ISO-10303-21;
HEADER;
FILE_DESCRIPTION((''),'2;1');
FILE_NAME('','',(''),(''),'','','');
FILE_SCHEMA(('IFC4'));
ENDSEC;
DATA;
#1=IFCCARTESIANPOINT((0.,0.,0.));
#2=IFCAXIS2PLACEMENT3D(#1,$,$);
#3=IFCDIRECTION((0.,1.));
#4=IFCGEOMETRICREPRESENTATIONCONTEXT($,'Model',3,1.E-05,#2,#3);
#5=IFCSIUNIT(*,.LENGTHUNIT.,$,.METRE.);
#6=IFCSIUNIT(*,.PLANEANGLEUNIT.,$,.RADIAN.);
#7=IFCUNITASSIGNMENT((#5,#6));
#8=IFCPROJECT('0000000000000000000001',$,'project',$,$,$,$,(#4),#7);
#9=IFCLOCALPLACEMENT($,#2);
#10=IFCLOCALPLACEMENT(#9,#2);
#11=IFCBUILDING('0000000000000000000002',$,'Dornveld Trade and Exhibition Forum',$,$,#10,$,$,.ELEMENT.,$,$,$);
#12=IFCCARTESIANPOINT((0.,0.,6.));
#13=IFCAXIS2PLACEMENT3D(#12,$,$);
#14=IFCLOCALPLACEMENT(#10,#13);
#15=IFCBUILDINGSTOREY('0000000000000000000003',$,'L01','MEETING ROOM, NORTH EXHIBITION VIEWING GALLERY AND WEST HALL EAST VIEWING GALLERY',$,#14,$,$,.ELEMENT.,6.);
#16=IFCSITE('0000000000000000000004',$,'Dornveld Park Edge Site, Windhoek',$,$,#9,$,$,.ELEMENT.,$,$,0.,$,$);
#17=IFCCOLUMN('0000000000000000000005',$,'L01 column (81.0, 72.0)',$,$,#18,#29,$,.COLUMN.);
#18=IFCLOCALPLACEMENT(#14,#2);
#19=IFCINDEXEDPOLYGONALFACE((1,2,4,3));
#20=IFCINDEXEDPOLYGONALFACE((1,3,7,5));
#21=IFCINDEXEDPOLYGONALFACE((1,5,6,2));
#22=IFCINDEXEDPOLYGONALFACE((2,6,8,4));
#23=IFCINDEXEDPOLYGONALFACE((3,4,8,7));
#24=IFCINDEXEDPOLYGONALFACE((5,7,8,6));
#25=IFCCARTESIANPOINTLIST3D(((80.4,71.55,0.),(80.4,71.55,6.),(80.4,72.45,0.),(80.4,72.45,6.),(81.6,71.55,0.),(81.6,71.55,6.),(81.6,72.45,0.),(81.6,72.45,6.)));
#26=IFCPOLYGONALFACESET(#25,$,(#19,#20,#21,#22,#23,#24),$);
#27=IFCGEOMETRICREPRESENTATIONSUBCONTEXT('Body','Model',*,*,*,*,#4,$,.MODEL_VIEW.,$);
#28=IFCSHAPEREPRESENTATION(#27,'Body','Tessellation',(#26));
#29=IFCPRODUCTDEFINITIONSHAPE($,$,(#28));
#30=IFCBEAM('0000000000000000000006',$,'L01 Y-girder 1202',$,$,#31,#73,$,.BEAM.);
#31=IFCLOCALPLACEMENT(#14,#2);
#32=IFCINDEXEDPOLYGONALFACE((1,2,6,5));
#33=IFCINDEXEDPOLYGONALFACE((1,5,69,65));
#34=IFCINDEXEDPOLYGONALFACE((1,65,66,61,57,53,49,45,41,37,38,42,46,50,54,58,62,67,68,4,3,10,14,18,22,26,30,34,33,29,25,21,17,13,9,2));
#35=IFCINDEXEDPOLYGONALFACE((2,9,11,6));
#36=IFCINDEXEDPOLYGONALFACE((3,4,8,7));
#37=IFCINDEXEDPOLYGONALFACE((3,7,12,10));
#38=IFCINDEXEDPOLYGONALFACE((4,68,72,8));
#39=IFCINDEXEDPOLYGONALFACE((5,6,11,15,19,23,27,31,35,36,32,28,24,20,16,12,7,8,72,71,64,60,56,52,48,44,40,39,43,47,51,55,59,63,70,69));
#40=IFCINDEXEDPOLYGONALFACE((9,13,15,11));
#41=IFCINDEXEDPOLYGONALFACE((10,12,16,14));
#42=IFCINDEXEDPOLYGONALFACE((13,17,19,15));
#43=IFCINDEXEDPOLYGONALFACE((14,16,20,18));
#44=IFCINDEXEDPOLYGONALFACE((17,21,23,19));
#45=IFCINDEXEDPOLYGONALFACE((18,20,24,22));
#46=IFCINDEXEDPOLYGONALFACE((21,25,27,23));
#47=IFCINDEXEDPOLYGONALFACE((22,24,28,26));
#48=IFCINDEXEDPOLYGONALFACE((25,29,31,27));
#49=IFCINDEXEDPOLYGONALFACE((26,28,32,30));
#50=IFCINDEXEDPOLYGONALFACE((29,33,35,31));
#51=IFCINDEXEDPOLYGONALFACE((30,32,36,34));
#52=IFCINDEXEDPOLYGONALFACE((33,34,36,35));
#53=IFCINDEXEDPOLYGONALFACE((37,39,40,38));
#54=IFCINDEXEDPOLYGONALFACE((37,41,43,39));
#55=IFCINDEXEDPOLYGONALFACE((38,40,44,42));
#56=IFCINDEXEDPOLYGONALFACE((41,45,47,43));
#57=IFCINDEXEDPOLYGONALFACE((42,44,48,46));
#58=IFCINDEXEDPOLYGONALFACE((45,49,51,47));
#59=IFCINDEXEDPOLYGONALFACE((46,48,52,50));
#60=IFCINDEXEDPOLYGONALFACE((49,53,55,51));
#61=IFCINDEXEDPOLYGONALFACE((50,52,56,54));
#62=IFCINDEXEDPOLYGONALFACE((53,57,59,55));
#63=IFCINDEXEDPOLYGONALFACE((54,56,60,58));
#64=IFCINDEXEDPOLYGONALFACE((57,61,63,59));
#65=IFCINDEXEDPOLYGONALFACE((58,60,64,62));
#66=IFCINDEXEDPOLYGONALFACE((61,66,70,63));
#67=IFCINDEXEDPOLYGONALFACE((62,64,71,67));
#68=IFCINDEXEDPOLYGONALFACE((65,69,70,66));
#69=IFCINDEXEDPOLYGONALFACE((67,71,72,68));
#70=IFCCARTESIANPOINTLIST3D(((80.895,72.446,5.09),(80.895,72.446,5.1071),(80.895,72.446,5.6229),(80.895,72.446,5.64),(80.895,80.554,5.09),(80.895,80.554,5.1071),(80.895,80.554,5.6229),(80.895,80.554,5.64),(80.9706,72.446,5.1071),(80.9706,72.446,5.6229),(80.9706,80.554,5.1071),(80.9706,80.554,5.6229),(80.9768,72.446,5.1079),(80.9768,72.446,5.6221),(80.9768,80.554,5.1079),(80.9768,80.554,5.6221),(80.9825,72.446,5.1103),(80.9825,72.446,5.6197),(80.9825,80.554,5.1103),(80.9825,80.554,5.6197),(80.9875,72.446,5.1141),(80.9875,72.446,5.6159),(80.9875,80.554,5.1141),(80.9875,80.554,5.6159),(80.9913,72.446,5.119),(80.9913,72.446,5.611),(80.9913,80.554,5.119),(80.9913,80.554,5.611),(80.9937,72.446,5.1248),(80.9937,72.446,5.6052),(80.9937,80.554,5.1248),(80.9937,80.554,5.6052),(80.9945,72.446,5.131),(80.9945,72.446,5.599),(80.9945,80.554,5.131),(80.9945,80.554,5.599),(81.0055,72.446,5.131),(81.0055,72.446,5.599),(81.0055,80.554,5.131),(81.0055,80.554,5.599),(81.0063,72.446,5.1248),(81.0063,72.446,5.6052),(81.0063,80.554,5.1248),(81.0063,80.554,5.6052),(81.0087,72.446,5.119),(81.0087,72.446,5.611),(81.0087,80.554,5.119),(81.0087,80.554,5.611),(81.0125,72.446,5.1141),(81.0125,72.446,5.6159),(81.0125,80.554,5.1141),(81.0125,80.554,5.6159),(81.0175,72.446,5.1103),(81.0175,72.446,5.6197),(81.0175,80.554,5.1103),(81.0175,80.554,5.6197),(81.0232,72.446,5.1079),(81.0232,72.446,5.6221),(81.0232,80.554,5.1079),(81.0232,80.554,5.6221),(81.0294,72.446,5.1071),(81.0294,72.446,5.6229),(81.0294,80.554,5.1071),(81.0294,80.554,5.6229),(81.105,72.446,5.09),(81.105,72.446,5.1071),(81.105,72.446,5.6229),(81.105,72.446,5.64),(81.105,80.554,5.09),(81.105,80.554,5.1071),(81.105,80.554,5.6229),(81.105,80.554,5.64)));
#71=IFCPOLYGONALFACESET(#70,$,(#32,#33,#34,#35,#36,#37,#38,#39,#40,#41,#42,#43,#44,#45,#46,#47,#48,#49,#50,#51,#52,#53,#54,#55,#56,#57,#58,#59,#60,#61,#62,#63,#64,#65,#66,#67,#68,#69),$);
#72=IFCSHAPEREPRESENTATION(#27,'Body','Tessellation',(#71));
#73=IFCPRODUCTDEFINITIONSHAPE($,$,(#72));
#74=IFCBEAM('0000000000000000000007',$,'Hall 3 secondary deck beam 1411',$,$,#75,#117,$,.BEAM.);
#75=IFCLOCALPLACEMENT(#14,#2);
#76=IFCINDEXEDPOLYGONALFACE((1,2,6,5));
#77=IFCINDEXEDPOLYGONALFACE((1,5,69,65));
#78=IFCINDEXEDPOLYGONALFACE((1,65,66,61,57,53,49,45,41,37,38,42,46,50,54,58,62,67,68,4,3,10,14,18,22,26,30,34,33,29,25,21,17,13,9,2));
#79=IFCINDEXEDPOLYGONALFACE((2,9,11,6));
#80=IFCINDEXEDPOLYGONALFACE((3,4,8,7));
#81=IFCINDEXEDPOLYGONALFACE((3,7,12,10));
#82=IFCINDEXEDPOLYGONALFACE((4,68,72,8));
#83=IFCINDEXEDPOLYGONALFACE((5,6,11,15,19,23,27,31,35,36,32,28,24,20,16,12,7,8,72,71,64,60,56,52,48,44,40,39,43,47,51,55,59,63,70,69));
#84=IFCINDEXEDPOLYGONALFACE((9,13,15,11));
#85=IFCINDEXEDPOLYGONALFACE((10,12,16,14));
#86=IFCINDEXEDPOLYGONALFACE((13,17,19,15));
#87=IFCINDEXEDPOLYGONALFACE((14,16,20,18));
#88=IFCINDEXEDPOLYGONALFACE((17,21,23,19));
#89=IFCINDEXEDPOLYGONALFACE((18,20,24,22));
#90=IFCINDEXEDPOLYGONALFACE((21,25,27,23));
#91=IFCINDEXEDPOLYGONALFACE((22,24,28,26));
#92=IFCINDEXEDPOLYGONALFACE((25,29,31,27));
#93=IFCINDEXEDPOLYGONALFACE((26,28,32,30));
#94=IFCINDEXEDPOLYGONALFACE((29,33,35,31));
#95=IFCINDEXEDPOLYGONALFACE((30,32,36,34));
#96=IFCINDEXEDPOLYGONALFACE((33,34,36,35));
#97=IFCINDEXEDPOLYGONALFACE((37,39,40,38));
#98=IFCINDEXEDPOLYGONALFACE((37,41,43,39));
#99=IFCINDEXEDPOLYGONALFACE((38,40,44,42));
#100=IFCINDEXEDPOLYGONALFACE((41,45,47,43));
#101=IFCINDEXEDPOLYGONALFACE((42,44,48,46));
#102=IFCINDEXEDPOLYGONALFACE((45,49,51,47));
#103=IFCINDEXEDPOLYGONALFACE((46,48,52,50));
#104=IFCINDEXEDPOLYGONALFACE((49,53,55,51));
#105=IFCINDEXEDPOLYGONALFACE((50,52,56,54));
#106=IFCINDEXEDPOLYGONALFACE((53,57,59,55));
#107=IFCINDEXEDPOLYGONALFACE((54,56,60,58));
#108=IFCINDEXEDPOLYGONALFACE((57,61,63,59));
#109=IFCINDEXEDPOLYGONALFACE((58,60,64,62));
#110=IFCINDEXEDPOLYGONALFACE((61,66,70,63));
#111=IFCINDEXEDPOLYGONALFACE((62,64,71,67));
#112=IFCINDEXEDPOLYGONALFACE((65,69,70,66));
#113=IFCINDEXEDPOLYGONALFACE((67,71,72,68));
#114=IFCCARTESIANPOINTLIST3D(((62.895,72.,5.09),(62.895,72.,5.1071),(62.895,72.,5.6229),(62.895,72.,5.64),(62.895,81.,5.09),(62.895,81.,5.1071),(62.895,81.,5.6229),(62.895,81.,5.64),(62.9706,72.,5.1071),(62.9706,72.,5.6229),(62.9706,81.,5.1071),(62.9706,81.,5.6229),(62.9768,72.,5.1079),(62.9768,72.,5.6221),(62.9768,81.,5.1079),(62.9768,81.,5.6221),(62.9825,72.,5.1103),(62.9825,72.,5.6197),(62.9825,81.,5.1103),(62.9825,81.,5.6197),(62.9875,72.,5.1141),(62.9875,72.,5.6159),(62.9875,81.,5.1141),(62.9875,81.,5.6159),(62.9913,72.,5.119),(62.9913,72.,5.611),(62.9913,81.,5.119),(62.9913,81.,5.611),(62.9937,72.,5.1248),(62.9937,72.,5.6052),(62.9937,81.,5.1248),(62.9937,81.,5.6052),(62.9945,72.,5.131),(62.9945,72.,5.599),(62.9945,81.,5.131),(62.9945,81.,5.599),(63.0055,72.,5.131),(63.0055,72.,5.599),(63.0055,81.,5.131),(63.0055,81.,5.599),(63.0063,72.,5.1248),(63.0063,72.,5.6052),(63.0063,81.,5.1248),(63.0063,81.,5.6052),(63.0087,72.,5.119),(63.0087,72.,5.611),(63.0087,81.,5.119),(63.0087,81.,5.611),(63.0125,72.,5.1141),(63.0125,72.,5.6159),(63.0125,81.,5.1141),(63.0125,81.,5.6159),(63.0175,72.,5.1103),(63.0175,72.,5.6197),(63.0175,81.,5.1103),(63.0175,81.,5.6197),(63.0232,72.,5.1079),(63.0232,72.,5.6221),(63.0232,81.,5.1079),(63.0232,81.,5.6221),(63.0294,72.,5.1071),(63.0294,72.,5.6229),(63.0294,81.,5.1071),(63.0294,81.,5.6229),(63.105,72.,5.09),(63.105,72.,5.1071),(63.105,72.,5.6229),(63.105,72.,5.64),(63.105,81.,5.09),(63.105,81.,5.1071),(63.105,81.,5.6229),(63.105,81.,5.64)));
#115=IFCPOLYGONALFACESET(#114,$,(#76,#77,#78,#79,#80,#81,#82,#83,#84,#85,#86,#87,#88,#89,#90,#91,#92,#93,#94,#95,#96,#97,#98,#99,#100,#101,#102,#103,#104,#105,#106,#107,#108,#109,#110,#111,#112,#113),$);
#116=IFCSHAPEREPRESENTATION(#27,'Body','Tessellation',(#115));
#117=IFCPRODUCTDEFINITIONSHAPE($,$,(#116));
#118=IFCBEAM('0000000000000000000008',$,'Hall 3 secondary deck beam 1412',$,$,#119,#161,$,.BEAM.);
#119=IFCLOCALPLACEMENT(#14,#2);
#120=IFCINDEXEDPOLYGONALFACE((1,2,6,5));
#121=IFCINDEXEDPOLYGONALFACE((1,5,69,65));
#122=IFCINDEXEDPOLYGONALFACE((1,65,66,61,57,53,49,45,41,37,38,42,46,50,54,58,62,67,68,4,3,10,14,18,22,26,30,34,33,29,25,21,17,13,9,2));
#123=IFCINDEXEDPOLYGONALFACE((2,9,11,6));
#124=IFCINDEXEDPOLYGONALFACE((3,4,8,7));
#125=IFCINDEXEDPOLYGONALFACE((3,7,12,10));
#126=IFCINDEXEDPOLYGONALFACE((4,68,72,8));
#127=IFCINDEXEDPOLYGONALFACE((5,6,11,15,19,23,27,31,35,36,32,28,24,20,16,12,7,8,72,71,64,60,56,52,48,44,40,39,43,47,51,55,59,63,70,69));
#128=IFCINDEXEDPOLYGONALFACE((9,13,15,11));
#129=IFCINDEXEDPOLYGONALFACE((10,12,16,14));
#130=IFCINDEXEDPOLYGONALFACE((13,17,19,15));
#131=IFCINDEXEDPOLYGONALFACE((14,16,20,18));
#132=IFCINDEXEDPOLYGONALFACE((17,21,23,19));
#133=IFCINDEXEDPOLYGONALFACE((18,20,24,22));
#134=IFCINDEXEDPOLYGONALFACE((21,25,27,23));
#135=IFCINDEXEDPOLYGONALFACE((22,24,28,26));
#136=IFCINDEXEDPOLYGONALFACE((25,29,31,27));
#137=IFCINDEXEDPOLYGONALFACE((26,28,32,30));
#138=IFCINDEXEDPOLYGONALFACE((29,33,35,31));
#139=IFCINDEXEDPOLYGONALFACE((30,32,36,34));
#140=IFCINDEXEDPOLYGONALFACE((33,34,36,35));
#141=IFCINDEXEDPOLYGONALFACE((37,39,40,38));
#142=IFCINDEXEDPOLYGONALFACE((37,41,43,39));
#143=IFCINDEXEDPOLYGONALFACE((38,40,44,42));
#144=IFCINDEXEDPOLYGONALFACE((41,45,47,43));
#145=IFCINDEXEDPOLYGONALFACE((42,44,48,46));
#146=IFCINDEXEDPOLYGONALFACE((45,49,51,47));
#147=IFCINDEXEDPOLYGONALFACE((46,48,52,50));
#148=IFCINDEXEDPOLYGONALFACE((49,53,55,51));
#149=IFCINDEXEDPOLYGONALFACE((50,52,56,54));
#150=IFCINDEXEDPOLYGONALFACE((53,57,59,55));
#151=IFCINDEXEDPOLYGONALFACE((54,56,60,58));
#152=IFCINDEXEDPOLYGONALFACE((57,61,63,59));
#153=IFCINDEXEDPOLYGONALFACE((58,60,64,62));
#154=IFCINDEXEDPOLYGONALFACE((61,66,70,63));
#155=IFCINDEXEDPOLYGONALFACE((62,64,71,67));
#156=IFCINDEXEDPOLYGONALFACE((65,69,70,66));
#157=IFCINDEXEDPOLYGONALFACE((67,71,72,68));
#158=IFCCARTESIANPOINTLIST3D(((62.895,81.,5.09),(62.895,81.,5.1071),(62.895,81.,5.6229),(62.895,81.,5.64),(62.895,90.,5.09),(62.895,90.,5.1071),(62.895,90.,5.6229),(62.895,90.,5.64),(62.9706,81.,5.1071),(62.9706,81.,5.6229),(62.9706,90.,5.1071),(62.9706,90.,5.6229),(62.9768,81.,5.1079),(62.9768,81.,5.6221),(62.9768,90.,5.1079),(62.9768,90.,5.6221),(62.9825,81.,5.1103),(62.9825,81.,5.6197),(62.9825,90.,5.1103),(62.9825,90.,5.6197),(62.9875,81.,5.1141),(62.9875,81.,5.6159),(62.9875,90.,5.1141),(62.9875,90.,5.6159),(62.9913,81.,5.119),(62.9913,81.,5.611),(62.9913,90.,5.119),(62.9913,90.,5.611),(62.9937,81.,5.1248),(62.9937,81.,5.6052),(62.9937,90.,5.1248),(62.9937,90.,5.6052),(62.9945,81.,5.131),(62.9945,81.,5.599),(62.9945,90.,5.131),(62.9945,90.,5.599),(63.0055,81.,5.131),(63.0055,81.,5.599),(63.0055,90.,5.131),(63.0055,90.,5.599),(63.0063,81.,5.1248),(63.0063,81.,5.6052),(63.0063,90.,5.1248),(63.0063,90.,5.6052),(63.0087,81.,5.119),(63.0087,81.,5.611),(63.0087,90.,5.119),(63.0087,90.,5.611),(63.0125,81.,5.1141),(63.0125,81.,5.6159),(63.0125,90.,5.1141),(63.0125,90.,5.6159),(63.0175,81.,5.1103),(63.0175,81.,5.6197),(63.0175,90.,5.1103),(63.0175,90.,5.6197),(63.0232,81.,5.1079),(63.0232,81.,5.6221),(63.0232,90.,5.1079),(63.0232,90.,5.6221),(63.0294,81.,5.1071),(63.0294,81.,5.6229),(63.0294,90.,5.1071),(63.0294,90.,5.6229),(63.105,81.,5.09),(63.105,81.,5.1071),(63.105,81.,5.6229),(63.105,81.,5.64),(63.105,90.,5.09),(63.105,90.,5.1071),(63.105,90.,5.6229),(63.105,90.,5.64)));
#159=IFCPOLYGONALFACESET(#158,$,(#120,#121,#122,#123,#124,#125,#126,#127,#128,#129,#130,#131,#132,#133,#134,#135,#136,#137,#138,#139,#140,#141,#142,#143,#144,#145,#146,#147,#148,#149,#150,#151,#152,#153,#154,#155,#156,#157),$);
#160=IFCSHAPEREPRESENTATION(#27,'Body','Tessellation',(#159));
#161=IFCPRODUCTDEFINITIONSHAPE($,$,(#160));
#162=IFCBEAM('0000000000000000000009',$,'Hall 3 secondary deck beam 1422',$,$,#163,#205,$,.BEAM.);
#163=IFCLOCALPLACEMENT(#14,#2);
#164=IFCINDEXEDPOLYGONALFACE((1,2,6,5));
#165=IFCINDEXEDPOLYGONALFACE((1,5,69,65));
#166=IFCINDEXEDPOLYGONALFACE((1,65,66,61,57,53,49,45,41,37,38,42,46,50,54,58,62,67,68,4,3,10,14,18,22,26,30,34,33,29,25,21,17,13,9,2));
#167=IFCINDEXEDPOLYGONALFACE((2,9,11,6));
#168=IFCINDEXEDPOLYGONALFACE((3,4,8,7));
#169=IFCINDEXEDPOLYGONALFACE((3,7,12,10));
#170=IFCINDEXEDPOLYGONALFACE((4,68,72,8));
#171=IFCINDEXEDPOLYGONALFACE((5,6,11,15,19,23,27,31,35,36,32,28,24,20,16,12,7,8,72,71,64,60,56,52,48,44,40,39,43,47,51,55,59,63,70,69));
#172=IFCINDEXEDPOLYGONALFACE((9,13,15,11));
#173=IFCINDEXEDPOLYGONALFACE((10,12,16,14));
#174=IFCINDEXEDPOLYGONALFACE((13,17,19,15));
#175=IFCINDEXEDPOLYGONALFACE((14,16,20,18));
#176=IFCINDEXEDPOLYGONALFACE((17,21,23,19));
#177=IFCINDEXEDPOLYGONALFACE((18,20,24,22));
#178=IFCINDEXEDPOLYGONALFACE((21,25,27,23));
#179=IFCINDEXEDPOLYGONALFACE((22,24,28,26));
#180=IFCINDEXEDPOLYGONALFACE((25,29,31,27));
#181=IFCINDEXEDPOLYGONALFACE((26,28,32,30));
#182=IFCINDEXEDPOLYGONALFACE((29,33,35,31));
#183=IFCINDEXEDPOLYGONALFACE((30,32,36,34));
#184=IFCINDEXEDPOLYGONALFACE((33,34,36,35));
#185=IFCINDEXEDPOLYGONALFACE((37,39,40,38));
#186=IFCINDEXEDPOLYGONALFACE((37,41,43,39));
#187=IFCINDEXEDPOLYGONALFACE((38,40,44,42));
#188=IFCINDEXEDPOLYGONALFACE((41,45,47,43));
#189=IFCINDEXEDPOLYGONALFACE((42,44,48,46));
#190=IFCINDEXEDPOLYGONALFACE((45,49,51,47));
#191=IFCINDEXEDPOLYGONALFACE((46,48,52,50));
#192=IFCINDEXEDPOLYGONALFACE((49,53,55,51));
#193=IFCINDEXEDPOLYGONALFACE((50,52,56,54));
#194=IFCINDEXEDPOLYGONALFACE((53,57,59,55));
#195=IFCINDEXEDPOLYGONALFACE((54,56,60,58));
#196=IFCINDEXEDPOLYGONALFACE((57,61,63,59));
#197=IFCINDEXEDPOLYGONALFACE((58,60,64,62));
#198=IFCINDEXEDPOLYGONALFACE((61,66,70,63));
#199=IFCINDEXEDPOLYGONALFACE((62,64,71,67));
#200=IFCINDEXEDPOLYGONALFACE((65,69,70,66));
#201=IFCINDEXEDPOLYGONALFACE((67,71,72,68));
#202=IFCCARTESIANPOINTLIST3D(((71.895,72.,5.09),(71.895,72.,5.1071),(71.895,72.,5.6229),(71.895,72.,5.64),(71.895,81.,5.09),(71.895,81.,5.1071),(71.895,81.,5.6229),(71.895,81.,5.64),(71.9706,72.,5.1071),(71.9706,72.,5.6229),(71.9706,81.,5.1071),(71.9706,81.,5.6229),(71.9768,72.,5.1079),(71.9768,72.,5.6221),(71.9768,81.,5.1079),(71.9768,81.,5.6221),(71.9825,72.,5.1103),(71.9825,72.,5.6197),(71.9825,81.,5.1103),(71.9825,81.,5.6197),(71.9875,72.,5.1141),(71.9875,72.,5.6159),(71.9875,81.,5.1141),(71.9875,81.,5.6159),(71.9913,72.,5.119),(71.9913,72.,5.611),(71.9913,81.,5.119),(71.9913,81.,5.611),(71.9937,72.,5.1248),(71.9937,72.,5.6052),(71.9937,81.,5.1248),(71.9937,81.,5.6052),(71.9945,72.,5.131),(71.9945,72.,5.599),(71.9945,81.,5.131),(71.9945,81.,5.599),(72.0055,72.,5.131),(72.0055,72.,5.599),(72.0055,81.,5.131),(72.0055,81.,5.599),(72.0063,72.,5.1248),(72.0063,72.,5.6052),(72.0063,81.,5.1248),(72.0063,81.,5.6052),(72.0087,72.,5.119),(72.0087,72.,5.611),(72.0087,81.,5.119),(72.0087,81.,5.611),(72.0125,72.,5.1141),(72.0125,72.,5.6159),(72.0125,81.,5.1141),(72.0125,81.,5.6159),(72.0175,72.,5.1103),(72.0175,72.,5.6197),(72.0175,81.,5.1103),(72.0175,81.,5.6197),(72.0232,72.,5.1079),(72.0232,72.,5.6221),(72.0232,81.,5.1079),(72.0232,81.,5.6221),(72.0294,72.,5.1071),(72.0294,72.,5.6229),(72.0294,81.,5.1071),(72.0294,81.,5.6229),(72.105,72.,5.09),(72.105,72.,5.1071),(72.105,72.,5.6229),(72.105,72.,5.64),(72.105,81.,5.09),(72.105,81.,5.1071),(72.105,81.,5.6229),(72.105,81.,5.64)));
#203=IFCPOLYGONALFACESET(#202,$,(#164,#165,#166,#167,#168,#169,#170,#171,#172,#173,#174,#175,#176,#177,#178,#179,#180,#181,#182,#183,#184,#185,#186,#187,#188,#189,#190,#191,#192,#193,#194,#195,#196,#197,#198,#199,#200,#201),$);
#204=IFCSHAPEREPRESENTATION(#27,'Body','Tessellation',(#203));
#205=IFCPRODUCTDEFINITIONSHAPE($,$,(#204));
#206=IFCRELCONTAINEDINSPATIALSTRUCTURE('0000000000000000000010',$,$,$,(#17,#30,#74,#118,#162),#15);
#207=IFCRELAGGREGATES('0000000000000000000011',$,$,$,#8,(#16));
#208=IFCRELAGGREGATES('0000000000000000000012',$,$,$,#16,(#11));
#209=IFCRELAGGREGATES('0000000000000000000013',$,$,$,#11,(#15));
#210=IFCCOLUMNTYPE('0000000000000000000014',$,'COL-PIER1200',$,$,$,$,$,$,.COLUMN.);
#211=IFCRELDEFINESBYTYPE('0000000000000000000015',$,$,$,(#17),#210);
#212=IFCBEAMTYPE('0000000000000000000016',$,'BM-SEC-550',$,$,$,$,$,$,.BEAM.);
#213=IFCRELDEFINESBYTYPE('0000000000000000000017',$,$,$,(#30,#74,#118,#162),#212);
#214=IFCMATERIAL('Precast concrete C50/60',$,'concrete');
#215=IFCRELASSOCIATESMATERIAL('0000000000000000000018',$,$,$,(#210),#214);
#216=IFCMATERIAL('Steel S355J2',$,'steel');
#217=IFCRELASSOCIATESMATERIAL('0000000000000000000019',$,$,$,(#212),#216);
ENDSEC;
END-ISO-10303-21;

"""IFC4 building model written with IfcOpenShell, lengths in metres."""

from ifc_helpers import new_model, si_unit, direction, frame, origin, origin_2d, place, context, subcontext, project, spatial, rectangle, i_section, extrude, material, material_profile, profile_set, type_object, element, save


model = new_model("IFC4")

# Units and contexts
model_context = context("Model", 3, precision=1e-05, world=origin(), true_north=direction((0.0, 1.0)))
body_context = subcontext(model_context, "Body", "Model", "MODEL_VIEW")
ifc_project = project(units=[si_unit("LENGTHUNIT", "METRE"), si_unit("PLANEANGLEUNIT", "RADIAN")], contexts=[model_context])

# Site, building, storey
site_placement = place(None, origin())
site = spatial("IfcSite", under=ifc_project, at=site_placement, Name="Dornveld Park Edge Site, Windhoek", CompositionType="ELEMENT", RefElevation=0.0)
building_placement = place(site_placement, origin())
building = spatial("IfcBuilding", under=site, at=building_placement, Name="Dornveld Trade and Exhibition Forum", CompositionType="ELEMENT")
storey_placement = place(building_placement, frame((0.0, 0.0, 6.0)))
storey = spatial("IfcBuildingStorey", under=building, at=storey_placement, Name="L01", Description="MEETING ROOM, NORTH EXHIBITION VIEWING GALLERY AND WEST HALL EAST VIEWING GALLERY", CompositionType="ELEMENT", Elevation=6.0)

# Column
ifc_material_1 = material(Name="Precast concrete C50/60", Category="concrete")
ifc_material_profile_1 = material_profile(ifc_material_1, rectangle(XDim=1.2, YDim=0.8999, at=origin_2d()), Name="PC-PIER 1200x900")
ifc_profile_set_1 = profile_set([ifc_material_profile_1], Name="Precast concrete C50/60")
column_type = type_object("IfcColumnType", Name="COL-PIER1200", PredefinedType="COLUMN", material=ifc_profile_set_1)
column_placement = place(storey_placement, frame((81.0, 72.0, 0.0), z_axis=(0.0, 0.0, 1.0), x_axis=(1.0, 0.0, 0.0)))
element("IfcColumn", 1, at=column_placement, inside=storey, type_object=column_type, Name="L01 column (81.0, 72.0)", PredefinedType="COLUMN", context=body_context, shape_type="SweptSolid", body=[
    extrude(rectangle(XDim=1.2, YDim=0.8999, at=origin_2d()), origin(), (0.0, 0.0, 1.0), 6.0),
])

# Beams
ifc_material_2 = material(Name="Steel S355J2", Category="steel")
ifc_material_profile_2 = material_profile(ifc_material_2, i_section(OverallWidth=0.21, OverallDepth=0.55, WebThickness=0.011, FlangeThickness=0.0171, FilletRadius=0.0239, at=origin_2d()), Name="IPE 550")
ifc_profile_set_2 = profile_set([ifc_material_profile_2], Name="Steel S355J2")
beam_type_1 = type_object("IfcBeamType", Name="BM-SEC-550", PredefinedType="BEAM", material=ifc_profile_set_2)
beam_1_placement = place(storey_placement, frame((81.0, 72.446, 5.365), z_axis=(0.0, 1.0, 0.0), x_axis=(-1.0, 0.0, 0.0)))
element("IfcBeam", 2, at=beam_1_placement, inside=storey, type_object=beam_type_1, Name="L01 Y-girder 1202", PredefinedType="BEAM", context=body_context, shape_type="SweptSolid", body=[
    extrude(i_section(OverallWidth=0.21, OverallDepth=0.55, WebThickness=0.011, FlangeThickness=0.0171, FilletRadius=0.0239, at=origin_2d()), origin(), (0.0, 0.0, 1.0), 8.1079),
])
for number, where, z_axis, x_axis, name in (
    (3, (63.0, 72.0, 5.365), (0.0, 1.0, 0.0), (-1.0, 0.0, 0.0), "Hall 3 secondary deck beam 1411"),
    (4, (63.0, 81.0, 5.365), (0.0, 1.0, 0.0), (-1.0, 0.0, 0.0), "Hall 3 secondary deck beam 1412"),
    (5, (72.0, 72.0, 5.365), (0.0, 1.0, 0.0), (-1.0, 0.0, 0.0), "Hall 3 secondary deck beam 1422"),
):
    element("IfcBeam", number, at=place(storey_placement, frame(where, z_axis=z_axis, x_axis=x_axis)), inside=storey, type_object=beam_type_1, Name=name, PredefinedType="BEAM", context=body_context, shape_type="SweptSolid", body=[
        extrude(i_section(OverallWidth=0.21, OverallDepth=0.55, WebThickness=0.011, FlangeThickness=0.0171, FilletRadius=0.0239, at=origin_2d()), origin(), (0.0, 0.0, 1.0), 9.0),
    ])

save(model, "model.ifc")
